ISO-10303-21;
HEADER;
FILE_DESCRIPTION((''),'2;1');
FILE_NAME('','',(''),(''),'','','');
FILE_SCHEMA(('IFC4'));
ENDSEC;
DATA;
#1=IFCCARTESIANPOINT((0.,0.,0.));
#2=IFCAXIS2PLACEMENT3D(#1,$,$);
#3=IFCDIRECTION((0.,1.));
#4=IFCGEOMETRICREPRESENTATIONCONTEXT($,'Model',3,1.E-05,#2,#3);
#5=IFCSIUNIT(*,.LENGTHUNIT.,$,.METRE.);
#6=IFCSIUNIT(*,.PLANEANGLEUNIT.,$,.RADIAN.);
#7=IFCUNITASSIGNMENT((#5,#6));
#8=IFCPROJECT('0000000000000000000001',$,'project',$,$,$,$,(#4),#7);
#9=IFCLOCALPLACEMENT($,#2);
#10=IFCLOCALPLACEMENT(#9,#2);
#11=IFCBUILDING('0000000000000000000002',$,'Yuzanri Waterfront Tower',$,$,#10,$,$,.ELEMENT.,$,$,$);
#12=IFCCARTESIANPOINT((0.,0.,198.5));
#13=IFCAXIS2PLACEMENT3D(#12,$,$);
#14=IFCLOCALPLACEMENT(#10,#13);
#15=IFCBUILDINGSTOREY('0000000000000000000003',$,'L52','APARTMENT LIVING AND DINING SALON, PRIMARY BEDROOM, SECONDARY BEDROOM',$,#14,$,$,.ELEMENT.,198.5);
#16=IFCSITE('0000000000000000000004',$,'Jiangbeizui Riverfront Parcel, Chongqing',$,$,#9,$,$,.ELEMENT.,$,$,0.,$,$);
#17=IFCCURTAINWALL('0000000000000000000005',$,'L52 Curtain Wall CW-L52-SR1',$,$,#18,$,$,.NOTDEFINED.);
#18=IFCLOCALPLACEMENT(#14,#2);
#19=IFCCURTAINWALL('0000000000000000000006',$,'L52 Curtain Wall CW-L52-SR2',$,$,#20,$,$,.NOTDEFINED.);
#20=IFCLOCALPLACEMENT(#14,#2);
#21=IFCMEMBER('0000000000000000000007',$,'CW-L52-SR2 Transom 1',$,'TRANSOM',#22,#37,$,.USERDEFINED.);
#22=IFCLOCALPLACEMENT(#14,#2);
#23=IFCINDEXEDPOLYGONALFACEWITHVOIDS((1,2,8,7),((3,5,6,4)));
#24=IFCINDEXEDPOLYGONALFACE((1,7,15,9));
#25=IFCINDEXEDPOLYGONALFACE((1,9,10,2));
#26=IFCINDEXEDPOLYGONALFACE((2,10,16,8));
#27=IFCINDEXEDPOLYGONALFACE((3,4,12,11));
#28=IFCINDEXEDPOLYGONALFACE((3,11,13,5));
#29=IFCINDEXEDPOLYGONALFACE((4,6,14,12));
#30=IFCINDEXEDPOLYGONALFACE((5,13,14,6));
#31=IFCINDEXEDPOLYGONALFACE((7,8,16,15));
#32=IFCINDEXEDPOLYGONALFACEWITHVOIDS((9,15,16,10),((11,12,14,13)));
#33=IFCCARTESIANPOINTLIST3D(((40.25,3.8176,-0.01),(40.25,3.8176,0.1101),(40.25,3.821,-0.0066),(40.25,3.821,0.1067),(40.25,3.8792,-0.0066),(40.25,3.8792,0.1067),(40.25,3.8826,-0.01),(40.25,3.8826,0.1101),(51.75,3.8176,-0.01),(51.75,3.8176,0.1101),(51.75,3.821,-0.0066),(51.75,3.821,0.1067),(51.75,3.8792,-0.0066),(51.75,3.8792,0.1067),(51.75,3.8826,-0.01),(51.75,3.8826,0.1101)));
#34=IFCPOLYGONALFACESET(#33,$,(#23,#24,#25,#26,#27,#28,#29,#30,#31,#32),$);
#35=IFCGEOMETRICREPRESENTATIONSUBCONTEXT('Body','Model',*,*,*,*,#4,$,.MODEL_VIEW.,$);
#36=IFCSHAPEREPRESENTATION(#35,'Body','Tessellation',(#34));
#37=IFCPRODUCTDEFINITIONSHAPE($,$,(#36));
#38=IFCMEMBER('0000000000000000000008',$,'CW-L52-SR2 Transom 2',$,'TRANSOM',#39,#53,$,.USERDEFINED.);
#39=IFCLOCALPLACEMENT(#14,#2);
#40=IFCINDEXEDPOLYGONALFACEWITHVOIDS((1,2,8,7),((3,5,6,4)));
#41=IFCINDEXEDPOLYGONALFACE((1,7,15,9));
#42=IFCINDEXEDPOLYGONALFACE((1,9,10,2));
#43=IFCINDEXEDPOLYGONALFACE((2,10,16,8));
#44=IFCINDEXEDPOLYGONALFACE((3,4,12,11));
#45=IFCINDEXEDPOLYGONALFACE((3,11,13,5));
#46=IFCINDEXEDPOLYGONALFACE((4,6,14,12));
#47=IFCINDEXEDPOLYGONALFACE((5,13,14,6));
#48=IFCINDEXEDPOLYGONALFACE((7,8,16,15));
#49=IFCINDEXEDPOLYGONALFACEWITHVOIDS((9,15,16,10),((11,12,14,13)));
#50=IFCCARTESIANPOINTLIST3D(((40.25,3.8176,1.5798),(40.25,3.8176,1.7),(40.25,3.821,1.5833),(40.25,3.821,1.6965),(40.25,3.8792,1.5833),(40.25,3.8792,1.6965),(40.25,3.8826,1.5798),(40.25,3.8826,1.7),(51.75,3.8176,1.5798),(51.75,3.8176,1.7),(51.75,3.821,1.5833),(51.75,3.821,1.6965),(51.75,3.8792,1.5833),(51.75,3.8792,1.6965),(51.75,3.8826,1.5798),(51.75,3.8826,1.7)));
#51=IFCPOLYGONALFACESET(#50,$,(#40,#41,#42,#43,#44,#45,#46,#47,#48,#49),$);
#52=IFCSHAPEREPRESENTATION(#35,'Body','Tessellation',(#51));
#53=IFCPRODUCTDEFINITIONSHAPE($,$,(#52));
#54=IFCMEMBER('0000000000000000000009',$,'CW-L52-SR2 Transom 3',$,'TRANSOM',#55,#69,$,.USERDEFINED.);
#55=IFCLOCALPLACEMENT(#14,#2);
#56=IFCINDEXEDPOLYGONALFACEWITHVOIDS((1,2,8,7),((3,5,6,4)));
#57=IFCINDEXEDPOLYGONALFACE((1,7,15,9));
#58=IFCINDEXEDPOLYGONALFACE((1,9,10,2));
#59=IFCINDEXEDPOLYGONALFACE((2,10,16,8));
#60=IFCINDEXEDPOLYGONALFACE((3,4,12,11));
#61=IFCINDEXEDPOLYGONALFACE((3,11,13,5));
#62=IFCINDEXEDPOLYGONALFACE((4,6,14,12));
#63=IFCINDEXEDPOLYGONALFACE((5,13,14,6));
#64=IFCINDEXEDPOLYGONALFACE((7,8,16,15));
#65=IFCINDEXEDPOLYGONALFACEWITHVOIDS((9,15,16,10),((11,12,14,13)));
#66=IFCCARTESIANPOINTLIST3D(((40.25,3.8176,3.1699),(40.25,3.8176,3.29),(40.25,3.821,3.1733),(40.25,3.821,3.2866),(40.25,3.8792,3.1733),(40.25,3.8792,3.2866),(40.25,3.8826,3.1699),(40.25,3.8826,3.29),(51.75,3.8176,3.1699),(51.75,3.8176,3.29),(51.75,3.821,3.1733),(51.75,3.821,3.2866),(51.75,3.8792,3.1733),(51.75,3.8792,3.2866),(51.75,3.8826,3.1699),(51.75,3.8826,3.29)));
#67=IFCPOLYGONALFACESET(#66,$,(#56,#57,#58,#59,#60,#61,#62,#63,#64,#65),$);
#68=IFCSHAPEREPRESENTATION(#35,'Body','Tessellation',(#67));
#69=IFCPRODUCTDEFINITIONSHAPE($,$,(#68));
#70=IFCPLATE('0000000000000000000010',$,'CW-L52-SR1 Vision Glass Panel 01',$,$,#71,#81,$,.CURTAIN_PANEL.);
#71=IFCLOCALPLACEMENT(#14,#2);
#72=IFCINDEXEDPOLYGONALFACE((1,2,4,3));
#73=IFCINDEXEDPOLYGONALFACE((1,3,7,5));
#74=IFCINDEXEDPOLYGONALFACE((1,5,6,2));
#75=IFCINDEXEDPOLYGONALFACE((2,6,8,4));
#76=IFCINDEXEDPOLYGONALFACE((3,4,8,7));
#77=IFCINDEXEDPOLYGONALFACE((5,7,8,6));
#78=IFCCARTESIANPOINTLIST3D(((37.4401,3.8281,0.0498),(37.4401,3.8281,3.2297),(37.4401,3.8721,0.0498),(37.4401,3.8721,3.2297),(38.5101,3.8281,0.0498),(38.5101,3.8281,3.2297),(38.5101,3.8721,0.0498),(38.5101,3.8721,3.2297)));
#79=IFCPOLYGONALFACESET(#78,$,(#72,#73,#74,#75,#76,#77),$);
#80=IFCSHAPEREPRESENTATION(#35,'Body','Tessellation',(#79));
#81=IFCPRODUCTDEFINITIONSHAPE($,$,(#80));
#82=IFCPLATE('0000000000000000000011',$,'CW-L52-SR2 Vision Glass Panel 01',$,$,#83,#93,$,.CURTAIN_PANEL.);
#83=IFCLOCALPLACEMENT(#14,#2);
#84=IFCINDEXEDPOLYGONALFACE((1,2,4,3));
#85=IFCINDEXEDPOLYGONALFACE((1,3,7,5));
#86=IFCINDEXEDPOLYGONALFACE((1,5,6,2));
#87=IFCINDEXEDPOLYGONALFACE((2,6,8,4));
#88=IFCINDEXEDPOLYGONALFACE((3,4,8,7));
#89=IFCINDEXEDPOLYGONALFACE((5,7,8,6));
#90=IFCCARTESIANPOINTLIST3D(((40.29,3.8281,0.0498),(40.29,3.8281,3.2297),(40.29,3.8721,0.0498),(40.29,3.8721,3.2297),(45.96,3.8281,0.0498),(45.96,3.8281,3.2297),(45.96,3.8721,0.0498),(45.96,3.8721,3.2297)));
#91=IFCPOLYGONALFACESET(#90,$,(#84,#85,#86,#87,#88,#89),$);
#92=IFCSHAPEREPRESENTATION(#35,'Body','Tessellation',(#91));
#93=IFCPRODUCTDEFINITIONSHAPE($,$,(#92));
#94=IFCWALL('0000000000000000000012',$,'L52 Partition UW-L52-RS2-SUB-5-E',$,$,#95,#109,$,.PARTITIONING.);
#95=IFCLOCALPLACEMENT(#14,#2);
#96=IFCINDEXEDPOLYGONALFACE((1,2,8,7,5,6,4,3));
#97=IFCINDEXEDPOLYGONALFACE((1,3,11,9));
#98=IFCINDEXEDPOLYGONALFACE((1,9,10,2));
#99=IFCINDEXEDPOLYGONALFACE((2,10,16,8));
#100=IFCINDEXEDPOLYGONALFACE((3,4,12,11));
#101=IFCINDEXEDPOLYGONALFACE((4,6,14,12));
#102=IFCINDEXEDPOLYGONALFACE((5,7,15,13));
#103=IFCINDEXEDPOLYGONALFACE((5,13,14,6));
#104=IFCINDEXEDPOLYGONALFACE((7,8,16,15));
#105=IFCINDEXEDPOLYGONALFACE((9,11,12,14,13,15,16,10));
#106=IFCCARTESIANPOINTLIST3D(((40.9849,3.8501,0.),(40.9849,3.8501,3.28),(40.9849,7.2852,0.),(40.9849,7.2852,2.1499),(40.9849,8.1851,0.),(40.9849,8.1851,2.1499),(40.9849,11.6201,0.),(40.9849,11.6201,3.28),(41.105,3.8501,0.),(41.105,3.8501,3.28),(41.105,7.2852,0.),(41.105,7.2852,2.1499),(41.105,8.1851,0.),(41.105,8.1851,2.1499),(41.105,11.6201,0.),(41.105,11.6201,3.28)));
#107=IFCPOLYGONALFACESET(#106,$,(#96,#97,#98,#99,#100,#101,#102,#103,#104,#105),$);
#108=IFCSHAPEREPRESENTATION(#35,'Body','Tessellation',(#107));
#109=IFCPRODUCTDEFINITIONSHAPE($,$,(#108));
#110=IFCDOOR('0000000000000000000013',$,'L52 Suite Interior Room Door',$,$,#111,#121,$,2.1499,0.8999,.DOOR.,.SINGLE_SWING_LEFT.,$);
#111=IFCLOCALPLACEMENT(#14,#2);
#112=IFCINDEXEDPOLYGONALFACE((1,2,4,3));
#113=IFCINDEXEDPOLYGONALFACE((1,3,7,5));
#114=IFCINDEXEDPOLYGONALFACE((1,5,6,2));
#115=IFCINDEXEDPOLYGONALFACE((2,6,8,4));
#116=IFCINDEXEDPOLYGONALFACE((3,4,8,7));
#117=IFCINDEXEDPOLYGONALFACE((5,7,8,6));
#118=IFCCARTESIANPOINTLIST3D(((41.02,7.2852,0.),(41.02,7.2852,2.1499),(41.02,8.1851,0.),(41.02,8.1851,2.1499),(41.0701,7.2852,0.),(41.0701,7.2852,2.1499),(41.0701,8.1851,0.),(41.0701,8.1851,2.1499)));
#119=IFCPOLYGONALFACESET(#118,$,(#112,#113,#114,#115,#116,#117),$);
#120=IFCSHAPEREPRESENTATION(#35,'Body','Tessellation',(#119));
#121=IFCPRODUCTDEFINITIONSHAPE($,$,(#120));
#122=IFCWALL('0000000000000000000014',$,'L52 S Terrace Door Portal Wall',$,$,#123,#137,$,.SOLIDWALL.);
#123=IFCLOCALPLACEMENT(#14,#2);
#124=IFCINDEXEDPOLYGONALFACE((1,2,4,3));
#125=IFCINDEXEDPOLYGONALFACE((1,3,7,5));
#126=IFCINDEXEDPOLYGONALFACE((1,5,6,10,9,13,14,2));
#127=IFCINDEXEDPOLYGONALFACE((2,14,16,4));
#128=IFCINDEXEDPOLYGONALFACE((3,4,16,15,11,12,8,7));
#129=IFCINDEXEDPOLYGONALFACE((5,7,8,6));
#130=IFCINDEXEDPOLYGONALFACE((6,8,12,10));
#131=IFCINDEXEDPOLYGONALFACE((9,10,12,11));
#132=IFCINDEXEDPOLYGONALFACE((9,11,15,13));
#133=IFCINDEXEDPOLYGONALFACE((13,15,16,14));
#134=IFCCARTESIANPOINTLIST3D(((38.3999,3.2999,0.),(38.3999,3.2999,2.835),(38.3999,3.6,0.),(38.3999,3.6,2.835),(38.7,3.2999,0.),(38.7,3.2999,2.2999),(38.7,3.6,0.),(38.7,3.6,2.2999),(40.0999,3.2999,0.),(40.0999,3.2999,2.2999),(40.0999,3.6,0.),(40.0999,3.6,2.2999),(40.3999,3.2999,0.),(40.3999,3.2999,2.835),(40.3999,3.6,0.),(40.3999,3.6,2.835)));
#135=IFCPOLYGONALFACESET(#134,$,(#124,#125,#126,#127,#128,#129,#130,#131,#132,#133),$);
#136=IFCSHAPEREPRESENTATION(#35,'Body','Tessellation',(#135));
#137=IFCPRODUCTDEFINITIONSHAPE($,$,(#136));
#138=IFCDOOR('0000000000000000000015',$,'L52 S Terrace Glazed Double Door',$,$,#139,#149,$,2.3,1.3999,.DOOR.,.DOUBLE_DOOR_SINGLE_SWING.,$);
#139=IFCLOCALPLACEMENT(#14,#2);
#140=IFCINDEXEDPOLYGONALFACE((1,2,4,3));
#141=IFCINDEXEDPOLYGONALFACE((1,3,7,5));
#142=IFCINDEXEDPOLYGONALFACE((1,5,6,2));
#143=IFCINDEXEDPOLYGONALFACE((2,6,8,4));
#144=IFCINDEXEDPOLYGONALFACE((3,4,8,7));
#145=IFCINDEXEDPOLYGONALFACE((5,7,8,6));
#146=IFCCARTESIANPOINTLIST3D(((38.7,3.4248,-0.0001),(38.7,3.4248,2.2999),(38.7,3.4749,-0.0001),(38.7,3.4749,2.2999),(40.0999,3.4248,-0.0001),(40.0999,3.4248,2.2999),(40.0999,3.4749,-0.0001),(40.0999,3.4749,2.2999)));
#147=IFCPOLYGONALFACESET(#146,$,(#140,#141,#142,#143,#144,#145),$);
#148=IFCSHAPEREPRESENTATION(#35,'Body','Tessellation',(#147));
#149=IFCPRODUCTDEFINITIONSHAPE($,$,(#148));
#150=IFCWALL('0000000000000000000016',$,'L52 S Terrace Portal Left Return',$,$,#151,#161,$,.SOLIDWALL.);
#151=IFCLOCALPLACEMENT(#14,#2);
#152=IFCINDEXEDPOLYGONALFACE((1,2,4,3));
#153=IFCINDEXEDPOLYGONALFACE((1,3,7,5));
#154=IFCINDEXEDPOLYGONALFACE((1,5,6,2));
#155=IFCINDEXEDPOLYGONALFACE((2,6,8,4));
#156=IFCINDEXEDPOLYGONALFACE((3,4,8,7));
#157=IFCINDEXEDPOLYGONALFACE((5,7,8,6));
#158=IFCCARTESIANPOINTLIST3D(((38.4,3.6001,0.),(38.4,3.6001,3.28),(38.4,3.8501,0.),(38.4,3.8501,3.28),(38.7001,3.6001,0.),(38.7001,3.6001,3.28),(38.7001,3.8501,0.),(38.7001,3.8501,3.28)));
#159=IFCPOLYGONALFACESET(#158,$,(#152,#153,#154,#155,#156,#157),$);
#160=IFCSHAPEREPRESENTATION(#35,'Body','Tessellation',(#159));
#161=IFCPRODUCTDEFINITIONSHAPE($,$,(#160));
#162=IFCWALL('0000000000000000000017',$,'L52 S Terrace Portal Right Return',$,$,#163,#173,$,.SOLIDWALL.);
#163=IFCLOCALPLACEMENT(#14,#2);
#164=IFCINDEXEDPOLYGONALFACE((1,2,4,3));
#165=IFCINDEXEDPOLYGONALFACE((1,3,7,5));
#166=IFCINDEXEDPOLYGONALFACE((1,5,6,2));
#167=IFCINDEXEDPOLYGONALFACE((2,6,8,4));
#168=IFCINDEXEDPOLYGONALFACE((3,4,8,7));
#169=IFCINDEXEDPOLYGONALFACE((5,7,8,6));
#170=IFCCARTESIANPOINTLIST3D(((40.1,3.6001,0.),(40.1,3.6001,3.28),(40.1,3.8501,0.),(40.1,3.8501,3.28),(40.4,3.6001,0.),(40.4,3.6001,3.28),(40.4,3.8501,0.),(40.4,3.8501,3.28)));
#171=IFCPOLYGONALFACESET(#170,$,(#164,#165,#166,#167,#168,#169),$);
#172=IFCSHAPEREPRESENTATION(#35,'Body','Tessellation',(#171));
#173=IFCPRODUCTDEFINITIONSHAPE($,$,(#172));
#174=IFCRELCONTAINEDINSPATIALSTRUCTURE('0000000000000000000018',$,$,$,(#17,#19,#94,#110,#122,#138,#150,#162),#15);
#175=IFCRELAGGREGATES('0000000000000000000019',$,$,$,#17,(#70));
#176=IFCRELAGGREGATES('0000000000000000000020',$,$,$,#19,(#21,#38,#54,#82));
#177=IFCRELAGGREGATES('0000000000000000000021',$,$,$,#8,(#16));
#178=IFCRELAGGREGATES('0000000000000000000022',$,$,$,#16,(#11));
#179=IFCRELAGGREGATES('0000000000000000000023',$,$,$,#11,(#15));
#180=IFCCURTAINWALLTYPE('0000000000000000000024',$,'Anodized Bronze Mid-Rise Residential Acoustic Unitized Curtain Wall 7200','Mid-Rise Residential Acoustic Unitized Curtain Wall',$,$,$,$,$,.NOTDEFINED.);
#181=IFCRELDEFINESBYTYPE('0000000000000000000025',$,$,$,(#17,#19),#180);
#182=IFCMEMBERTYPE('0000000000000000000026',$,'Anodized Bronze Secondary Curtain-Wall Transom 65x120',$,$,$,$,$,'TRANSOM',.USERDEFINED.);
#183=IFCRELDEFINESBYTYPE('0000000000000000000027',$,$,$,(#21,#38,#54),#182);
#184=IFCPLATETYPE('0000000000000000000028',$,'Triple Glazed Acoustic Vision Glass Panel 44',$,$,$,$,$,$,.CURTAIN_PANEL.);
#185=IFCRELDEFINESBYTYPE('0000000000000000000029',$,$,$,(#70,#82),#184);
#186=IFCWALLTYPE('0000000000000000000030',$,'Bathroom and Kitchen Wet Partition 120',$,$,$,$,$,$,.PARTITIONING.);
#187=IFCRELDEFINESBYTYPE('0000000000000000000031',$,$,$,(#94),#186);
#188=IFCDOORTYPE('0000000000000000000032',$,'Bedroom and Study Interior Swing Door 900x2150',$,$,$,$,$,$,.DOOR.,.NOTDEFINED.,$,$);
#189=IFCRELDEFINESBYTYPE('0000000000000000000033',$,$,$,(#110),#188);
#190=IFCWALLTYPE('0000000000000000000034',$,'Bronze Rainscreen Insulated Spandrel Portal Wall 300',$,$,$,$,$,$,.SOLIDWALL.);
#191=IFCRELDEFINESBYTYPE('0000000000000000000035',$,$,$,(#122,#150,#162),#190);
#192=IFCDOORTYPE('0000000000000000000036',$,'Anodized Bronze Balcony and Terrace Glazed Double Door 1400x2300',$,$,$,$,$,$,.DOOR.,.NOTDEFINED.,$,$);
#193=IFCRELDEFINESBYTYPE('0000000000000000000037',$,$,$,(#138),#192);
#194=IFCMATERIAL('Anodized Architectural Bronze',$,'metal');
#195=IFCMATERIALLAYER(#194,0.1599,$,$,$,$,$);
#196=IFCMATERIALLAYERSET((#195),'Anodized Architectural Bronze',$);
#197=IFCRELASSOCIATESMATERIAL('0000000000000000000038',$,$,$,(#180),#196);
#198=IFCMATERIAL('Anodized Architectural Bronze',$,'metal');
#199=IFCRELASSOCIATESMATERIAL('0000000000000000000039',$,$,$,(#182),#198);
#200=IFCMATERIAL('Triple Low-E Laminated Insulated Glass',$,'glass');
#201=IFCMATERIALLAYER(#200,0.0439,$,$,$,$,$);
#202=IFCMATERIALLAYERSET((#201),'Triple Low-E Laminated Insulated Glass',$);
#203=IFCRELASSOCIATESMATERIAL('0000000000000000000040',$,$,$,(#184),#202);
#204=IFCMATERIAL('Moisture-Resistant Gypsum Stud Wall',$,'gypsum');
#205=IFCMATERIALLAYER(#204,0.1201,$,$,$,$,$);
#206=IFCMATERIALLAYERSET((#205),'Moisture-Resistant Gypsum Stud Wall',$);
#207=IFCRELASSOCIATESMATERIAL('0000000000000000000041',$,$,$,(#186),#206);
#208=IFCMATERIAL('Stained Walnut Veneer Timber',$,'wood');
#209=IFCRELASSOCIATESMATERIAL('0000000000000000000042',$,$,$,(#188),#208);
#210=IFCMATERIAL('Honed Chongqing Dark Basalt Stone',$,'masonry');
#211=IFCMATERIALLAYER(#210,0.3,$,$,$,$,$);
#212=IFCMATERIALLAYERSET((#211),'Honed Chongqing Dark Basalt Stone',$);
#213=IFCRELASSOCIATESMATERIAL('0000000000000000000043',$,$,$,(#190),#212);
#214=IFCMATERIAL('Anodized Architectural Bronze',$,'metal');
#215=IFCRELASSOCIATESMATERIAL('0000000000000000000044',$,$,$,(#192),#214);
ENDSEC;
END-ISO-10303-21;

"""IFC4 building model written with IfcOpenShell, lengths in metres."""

from ifc_helpers import new_model, si_unit, direction, frame, frame_2d, origin, origin_2d, place, context, subcontext, project, spatial, rectangle, hollow_rectangle, extrude, source, transform, mapped, material, layer, layer_set, material_profile, profile_set, type_object, element, fill, aggregate, save


model = new_model("IFC4")

# Units and contexts
model_context = context("Model", 3, precision=1e-05, world=origin(), true_north=direction((0.0, 1.0)))
body_context = subcontext(model_context, "Body", "Model", "MODEL_VIEW")
ifc_project = project(units=[si_unit("LENGTHUNIT", "METRE"), si_unit("PLANEANGLEUNIT", "RADIAN")], contexts=[model_context])

# Site, building, storey
site_placement = place(None, origin())
site = spatial("IfcSite", under=ifc_project, at=site_placement, Name="Jiangbeizui Riverfront Parcel, Chongqing", CompositionType="ELEMENT", RefElevation=0.0)
building_placement = place(site_placement, origin())
building = spatial("IfcBuilding", under=site, at=building_placement, Name="Yuzanri Waterfront Tower", CompositionType="ELEMENT")
storey_placement = place(building_placement, frame((0.0, 0.0, 198.5)))
storey = spatial("IfcBuildingStorey", under=building, at=storey_placement, Name="L52", Description="APARTMENT LIVING AND DINING SALON, PRIMARY BEDROOM, SECONDARY BEDROOM", CompositionType="ELEMENT", Elevation=198.5)

# Curtain walls
ifc_material_1 = material(Name="Anodized Architectural Bronze", Category="metal")
ifc_layer_1 = layer(ifc_material_1, 0.1599)
ifc_layer_set_1 = layer_set([ifc_layer_1], Name="Anodized Architectural Bronze")
curtain_wall_type = type_object("IfcCurtainWallType", Name="Anodized Bronze Mid-Rise Residential Acoustic Unitized Curtain Wall 7200", Description="Mid-Rise Residential Acoustic Unitized Curtain Wall", PredefinedType="NOTDEFINED", material=ifc_layer_set_1)
curtain_wall_1_placement = place(storey_placement, origin())
curtain_wall_1 = element("IfcCurtainWall", 1, at=curtain_wall_1_placement, inside=storey, type_object=curtain_wall_type, Name="L52 Curtain Wall CW-L52-SR1", PredefinedType="NOTDEFINED")
curtain_wall_2_placement = place(storey_placement, origin())
curtain_wall_2 = element("IfcCurtainWall", 2, at=curtain_wall_2_placement, inside=storey, type_object=curtain_wall_type, Name="L52 Curtain Wall CW-L52-SR2", PredefinedType="NOTDEFINED")

# Members
ifc_material_2 = material(Name="Anodized Architectural Bronze", Category="metal")
ifc_material_profile_1 = material_profile(ifc_material_2, hollow_rectangle(XDim=0.0649, YDim=0.1201, WallThickness=0.0034, at=origin_2d()), Name="CWT 65x120")
ifc_profile_set_1 = profile_set([ifc_material_profile_1], Name="Anodized Architectural Bronze")
member_type_1 = type_object("IfcMemberType", Name="Anodized Bronze Secondary Curtain-Wall Transom 65x120", ElementType="TRANSOM", PredefinedType="USERDEFINED", material=ifc_profile_set_1)
shared_shape_1 = source(origin(), body_context, "Body", "SweptSolid", [
    extrude(hollow_rectangle(XDim=0.0649, YDim=0.1201, WallThickness=0.0034, at=origin_2d()), origin(), (0.0, 0.0, 1.0), 11.5),
])
member_1_placement = place(storey_placement, frame((40.25, 3.8501, 0.05), z_axis=(1.0, 0.0, 0.0), x_axis=(0.0, 1.0, 0.0)))
member_1 = element("IfcMember", 3, at=member_1_placement, type_object=member_type_1, Name="CW-L52-SR2 Transom 1", ObjectType="TRANSOM", PredefinedType="USERDEFINED", context=body_context, shape_type="MappedRepresentation", body=[
    mapped(shared_shape_1, transform((0.0, 0.0, 0.0), scale=1.0)),
])
member_2_placement = place(storey_placement, frame((40.25, 3.8501, 1.6399), z_axis=(1.0, 0.0, 0.0), x_axis=(0.0, 1.0, 0.0)))
member_2 = element("IfcMember", 4, at=member_2_placement, type_object=member_type_1, Name="CW-L52-SR2 Transom 2", ObjectType="TRANSOM", PredefinedType="USERDEFINED", context=body_context, shape_type="MappedRepresentation", body=[
    mapped(shared_shape_1, transform((0.0, 0.0, 0.0), scale=1.0)),
])
member_3_placement = place(storey_placement, frame((40.25, 3.8501, 3.23), z_axis=(1.0, 0.0, 0.0), x_axis=(0.0, 1.0, 0.0)))
member_3 = element("IfcMember", 5, at=member_3_placement, type_object=member_type_1, Name="CW-L52-SR2 Transom 3", ObjectType="TRANSOM", PredefinedType="USERDEFINED", context=body_context, shape_type="MappedRepresentation", body=[
    mapped(shared_shape_1, transform((0.0, 0.0, 0.0), scale=1.0)),
])

# Plates
ifc_material_3 = material(Name="Triple Low-E Laminated Insulated Glass", Category="glass")
ifc_layer_2 = layer(ifc_material_3, 0.0439)
ifc_layer_set_2 = layer_set([ifc_layer_2], Name="Triple Low-E Laminated Insulated Glass")
plate_type = type_object("IfcPlateType", Name="Triple Glazed Acoustic Vision Glass Panel 44", PredefinedType="CURTAIN_PANEL", material=ifc_layer_set_2)
shared_shape_2 = source(origin(), body_context, "Body", "SweptSolid", [
    extrude(rectangle(XDim=1.0701, YDim=0.0439, at=origin_2d()), origin(), (0.0, 0.0, 1.0), 3.1799),
])
plate_1_placement = place(storey_placement, frame((37.9751, 3.8501, 0.0498), z_axis=(0.0, 0.0, 1.0), x_axis=(1.0, 0.0, 0.0)))
plate_1 = element("IfcPlate", 6, at=plate_1_placement, type_object=plate_type, Name="CW-L52-SR1 Vision Glass Panel 01", PredefinedType="CURTAIN_PANEL", context=body_context, shape_type="MappedRepresentation", body=[
    mapped(shared_shape_2, transform((0.0, 0.0, 0.0), scale=1.0)),
])
aggregate(curtain_wall_1, [plate_1])
shared_shape_3 = source(origin(), body_context, "Body", "SweptSolid", [
    extrude(rectangle(XDim=5.6699, YDim=0.0439, at=origin_2d()), origin(), (0.0, 0.0, 1.0), 3.1799),
])
plate_2_placement = place(storey_placement, frame((43.125, 3.8501, 0.0498), z_axis=(0.0, 0.0, 1.0), x_axis=(1.0, 0.0, 0.0)))
plate_2 = element("IfcPlate", 7, at=plate_2_placement, type_object=plate_type, Name="CW-L52-SR2 Vision Glass Panel 01", PredefinedType="CURTAIN_PANEL", context=body_context, shape_type="MappedRepresentation", body=[
    mapped(shared_shape_3, transform((0.0, 0.0, 0.0), scale=1.0)),
])
aggregate(curtain_wall_2, [member_1, member_2, member_3, plate_2])

# Walls, openings, doors
ifc_material_4 = material(Name="Moisture-Resistant Gypsum Stud Wall", Category="gypsum")
ifc_layer_3 = layer(ifc_material_4, 0.1201)
ifc_layer_set_3 = layer_set([ifc_layer_3], Name="Moisture-Resistant Gypsum Stud Wall")
wall_type_1 = type_object("IfcWallType", Name="Bathroom and Kitchen Wet Partition 120", PredefinedType="PARTITIONING", material=ifc_layer_set_3)
wall_1_placement = place(storey_placement, frame((41.0449, 3.8501, 0.0), z_axis=(0.0, 0.0, 1.0), x_axis=(0.0, 1.0, 0.0)))
wall_1 = element("IfcWall", 8, at=wall_1_placement, inside=storey, type_object=wall_type_1, Name="L52 Partition UW-L52-RS2-SUB-5-E", PredefinedType="PARTITIONING", context=body_context, shape_type="SweptSolid", body=[
    extrude(rectangle(XDim=7.77, YDim=0.1201, at=frame_2d((3.885, 0.0))), origin(), (0.0, 0.0, 1.0), 3.28),
])
opening_1_placement = place(wall_1_placement, frame((3.4351, 0.0, 0.0)))
opening_1 = element("IfcOpeningElement", 9, at=opening_1_placement, cuts=wall_1, PredefinedType="OPENING", context=body_context, shape_type="SweptSolid", body=[
    extrude(rectangle(XDim=0.8999, YDim=2.1499, at=frame_2d((0.45, 1.075))), frame((0.0, 0.075, 0.0), z_axis=(0.0, -1.0, 0.0), x_axis=(1.0, 0.0, 0.0)), (0.0, 0.0, 1.0), 0.1499),
])
ifc_material_5 = material(Name="Stained Walnut Veneer Timber", Category="wood")
door_type_1 = type_object("IfcDoorType", Name="Bedroom and Study Interior Swing Door 900x2150", OperationType="NOTDEFINED", PredefinedType="DOOR", material=ifc_material_5)
shared_shape_4 = source(origin(), body_context, "Body", "SweptSolid", [
    extrude(rectangle(XDim=0.8999, YDim=2.1499, at=frame_2d((0.45, 1.075))), frame((0.0, 0.0249, 0.0), z_axis=(0.0, -1.0, 0.0), x_axis=(1.0, 0.0, 0.0)), (0.0, 0.0, 1.0), 0.05),
])
door_1_placement = place(opening_1_placement, origin())
door_1 = element("IfcDoor", 10, at=door_1_placement, inside=storey, type_object=door_type_1, Name="L52 Suite Interior Room Door", OperationType="SINGLE_SWING_LEFT", OverallHeight=2.1499, OverallWidth=0.8999, PredefinedType="DOOR", context=body_context, shape_type="MappedRepresentation", body=[
    mapped(shared_shape_4, transform((0.0, 0.0, 0.0), scale=1.0)),
])
fill(opening_1, door_1)
ifc_material_6 = material(Name="Honed Chongqing Dark Basalt Stone", Category="masonry")
ifc_layer_4 = layer(ifc_material_6, 0.3)
ifc_layer_set_4 = layer_set([ifc_layer_4], Name="Honed Chongqing Dark Basalt Stone")
wall_type_2 = type_object("IfcWallType", Name="Bronze Rainscreen Insulated Spandrel Portal Wall 300", PredefinedType="SOLIDWALL", material=ifc_layer_set_4)
wall_2_placement = place(storey_placement, frame((38.3999, 3.45, 0.0), z_axis=(0.0, 0.0, 1.0), x_axis=(1.0, 0.0, 0.0)))
wall_2 = element("IfcWall", 11, at=wall_2_placement, inside=storey, type_object=wall_type_2, Name="L52 S Terrace Door Portal Wall", PredefinedType="SOLIDWALL", context=body_context, shape_type="SweptSolid", body=[
    extrude(rectangle(XDim=2.0, YDim=0.3, at=frame_2d((1.0, 0.0))), origin(), (0.0, 0.0, 1.0), 2.835),
])
opening_2_placement = place(wall_2_placement, frame((0.3, 0.0, 0.0)))
opening_2 = element("IfcOpeningElement", 12, at=opening_2_placement, cuts=wall_2, PredefinedType="OPENING", context=body_context, shape_type="SweptSolid", body=[
    extrude(rectangle(XDim=1.3999, YDim=2.3, at=frame_2d((0.7, 1.1499))), frame((0.0, 0.165, 0.0), z_axis=(0.0, -1.0, 0.0), x_axis=(1.0, 0.0, 0.0)), (0.0, 0.0, 1.0), 0.3298),
])
ifc_material_7 = material(Name="Anodized Architectural Bronze", Category="metal")
door_type_2 = type_object("IfcDoorType", Name="Anodized Bronze Balcony and Terrace Glazed Double Door 1400x2300", OperationType="NOTDEFINED", PredefinedType="DOOR", material=ifc_material_7)
shared_shape_5 = source(origin(), body_context, "Body", "SweptSolid", [
    extrude(rectangle(XDim=1.3999, YDim=2.3, at=frame_2d((0.7, 1.1499))), frame((0.0, 0.0249, 0.0), z_axis=(0.0, -1.0, 0.0), x_axis=(1.0, 0.0, 0.0)), (0.0, 0.0, 1.0), 0.05),
])
door_2_placement = place(opening_2_placement, origin())
door_2 = element("IfcDoor", 13, at=door_2_placement, inside=storey, type_object=door_type_2, Name="L52 S Terrace Glazed Double Door", OperationType="DOUBLE_DOOR_SINGLE_SWING", OverallHeight=2.3, OverallWidth=1.3999, PredefinedType="DOOR", context=body_context, shape_type="MappedRepresentation", body=[
    mapped(shared_shape_5, transform((0.0, 0.0, 0.0), scale=1.0)),
])
fill(opening_2, door_2)

# Walls
shared_shape_6 = source(origin(), body_context, "Body", "SweptSolid", [
    extrude(rectangle(XDim=0.25, YDim=0.3, at=frame_2d((0.125, 0.0))), origin(), (0.0, 0.0, 1.0), 3.28),
])
for number, where, z_axis, x_axis, name in (
    (14, (38.55, 3.8501, 0.0), (0.0, 0.0, 1.0), (0.0, -1.0, 0.0), "L52 S Terrace Portal Left Return"),
    (15, (40.25, 3.6001, 0.0), (0.0, 0.0, 1.0), (0.0, 1.0, 0.0), "L52 S Terrace Portal Right Return"),
):
    element("IfcWall", number, at=place(storey_placement, frame(where, z_axis=z_axis, x_axis=x_axis)), inside=storey, type_object=wall_type_2, Name=name, PredefinedType="SOLIDWALL", context=body_context, shape_type="MappedRepresentation", body=[
        mapped(shared_shape_6, transform((0.0, 0.0, 0.0), scale=1.0)),
    ])

save(model, "model.ifc")
